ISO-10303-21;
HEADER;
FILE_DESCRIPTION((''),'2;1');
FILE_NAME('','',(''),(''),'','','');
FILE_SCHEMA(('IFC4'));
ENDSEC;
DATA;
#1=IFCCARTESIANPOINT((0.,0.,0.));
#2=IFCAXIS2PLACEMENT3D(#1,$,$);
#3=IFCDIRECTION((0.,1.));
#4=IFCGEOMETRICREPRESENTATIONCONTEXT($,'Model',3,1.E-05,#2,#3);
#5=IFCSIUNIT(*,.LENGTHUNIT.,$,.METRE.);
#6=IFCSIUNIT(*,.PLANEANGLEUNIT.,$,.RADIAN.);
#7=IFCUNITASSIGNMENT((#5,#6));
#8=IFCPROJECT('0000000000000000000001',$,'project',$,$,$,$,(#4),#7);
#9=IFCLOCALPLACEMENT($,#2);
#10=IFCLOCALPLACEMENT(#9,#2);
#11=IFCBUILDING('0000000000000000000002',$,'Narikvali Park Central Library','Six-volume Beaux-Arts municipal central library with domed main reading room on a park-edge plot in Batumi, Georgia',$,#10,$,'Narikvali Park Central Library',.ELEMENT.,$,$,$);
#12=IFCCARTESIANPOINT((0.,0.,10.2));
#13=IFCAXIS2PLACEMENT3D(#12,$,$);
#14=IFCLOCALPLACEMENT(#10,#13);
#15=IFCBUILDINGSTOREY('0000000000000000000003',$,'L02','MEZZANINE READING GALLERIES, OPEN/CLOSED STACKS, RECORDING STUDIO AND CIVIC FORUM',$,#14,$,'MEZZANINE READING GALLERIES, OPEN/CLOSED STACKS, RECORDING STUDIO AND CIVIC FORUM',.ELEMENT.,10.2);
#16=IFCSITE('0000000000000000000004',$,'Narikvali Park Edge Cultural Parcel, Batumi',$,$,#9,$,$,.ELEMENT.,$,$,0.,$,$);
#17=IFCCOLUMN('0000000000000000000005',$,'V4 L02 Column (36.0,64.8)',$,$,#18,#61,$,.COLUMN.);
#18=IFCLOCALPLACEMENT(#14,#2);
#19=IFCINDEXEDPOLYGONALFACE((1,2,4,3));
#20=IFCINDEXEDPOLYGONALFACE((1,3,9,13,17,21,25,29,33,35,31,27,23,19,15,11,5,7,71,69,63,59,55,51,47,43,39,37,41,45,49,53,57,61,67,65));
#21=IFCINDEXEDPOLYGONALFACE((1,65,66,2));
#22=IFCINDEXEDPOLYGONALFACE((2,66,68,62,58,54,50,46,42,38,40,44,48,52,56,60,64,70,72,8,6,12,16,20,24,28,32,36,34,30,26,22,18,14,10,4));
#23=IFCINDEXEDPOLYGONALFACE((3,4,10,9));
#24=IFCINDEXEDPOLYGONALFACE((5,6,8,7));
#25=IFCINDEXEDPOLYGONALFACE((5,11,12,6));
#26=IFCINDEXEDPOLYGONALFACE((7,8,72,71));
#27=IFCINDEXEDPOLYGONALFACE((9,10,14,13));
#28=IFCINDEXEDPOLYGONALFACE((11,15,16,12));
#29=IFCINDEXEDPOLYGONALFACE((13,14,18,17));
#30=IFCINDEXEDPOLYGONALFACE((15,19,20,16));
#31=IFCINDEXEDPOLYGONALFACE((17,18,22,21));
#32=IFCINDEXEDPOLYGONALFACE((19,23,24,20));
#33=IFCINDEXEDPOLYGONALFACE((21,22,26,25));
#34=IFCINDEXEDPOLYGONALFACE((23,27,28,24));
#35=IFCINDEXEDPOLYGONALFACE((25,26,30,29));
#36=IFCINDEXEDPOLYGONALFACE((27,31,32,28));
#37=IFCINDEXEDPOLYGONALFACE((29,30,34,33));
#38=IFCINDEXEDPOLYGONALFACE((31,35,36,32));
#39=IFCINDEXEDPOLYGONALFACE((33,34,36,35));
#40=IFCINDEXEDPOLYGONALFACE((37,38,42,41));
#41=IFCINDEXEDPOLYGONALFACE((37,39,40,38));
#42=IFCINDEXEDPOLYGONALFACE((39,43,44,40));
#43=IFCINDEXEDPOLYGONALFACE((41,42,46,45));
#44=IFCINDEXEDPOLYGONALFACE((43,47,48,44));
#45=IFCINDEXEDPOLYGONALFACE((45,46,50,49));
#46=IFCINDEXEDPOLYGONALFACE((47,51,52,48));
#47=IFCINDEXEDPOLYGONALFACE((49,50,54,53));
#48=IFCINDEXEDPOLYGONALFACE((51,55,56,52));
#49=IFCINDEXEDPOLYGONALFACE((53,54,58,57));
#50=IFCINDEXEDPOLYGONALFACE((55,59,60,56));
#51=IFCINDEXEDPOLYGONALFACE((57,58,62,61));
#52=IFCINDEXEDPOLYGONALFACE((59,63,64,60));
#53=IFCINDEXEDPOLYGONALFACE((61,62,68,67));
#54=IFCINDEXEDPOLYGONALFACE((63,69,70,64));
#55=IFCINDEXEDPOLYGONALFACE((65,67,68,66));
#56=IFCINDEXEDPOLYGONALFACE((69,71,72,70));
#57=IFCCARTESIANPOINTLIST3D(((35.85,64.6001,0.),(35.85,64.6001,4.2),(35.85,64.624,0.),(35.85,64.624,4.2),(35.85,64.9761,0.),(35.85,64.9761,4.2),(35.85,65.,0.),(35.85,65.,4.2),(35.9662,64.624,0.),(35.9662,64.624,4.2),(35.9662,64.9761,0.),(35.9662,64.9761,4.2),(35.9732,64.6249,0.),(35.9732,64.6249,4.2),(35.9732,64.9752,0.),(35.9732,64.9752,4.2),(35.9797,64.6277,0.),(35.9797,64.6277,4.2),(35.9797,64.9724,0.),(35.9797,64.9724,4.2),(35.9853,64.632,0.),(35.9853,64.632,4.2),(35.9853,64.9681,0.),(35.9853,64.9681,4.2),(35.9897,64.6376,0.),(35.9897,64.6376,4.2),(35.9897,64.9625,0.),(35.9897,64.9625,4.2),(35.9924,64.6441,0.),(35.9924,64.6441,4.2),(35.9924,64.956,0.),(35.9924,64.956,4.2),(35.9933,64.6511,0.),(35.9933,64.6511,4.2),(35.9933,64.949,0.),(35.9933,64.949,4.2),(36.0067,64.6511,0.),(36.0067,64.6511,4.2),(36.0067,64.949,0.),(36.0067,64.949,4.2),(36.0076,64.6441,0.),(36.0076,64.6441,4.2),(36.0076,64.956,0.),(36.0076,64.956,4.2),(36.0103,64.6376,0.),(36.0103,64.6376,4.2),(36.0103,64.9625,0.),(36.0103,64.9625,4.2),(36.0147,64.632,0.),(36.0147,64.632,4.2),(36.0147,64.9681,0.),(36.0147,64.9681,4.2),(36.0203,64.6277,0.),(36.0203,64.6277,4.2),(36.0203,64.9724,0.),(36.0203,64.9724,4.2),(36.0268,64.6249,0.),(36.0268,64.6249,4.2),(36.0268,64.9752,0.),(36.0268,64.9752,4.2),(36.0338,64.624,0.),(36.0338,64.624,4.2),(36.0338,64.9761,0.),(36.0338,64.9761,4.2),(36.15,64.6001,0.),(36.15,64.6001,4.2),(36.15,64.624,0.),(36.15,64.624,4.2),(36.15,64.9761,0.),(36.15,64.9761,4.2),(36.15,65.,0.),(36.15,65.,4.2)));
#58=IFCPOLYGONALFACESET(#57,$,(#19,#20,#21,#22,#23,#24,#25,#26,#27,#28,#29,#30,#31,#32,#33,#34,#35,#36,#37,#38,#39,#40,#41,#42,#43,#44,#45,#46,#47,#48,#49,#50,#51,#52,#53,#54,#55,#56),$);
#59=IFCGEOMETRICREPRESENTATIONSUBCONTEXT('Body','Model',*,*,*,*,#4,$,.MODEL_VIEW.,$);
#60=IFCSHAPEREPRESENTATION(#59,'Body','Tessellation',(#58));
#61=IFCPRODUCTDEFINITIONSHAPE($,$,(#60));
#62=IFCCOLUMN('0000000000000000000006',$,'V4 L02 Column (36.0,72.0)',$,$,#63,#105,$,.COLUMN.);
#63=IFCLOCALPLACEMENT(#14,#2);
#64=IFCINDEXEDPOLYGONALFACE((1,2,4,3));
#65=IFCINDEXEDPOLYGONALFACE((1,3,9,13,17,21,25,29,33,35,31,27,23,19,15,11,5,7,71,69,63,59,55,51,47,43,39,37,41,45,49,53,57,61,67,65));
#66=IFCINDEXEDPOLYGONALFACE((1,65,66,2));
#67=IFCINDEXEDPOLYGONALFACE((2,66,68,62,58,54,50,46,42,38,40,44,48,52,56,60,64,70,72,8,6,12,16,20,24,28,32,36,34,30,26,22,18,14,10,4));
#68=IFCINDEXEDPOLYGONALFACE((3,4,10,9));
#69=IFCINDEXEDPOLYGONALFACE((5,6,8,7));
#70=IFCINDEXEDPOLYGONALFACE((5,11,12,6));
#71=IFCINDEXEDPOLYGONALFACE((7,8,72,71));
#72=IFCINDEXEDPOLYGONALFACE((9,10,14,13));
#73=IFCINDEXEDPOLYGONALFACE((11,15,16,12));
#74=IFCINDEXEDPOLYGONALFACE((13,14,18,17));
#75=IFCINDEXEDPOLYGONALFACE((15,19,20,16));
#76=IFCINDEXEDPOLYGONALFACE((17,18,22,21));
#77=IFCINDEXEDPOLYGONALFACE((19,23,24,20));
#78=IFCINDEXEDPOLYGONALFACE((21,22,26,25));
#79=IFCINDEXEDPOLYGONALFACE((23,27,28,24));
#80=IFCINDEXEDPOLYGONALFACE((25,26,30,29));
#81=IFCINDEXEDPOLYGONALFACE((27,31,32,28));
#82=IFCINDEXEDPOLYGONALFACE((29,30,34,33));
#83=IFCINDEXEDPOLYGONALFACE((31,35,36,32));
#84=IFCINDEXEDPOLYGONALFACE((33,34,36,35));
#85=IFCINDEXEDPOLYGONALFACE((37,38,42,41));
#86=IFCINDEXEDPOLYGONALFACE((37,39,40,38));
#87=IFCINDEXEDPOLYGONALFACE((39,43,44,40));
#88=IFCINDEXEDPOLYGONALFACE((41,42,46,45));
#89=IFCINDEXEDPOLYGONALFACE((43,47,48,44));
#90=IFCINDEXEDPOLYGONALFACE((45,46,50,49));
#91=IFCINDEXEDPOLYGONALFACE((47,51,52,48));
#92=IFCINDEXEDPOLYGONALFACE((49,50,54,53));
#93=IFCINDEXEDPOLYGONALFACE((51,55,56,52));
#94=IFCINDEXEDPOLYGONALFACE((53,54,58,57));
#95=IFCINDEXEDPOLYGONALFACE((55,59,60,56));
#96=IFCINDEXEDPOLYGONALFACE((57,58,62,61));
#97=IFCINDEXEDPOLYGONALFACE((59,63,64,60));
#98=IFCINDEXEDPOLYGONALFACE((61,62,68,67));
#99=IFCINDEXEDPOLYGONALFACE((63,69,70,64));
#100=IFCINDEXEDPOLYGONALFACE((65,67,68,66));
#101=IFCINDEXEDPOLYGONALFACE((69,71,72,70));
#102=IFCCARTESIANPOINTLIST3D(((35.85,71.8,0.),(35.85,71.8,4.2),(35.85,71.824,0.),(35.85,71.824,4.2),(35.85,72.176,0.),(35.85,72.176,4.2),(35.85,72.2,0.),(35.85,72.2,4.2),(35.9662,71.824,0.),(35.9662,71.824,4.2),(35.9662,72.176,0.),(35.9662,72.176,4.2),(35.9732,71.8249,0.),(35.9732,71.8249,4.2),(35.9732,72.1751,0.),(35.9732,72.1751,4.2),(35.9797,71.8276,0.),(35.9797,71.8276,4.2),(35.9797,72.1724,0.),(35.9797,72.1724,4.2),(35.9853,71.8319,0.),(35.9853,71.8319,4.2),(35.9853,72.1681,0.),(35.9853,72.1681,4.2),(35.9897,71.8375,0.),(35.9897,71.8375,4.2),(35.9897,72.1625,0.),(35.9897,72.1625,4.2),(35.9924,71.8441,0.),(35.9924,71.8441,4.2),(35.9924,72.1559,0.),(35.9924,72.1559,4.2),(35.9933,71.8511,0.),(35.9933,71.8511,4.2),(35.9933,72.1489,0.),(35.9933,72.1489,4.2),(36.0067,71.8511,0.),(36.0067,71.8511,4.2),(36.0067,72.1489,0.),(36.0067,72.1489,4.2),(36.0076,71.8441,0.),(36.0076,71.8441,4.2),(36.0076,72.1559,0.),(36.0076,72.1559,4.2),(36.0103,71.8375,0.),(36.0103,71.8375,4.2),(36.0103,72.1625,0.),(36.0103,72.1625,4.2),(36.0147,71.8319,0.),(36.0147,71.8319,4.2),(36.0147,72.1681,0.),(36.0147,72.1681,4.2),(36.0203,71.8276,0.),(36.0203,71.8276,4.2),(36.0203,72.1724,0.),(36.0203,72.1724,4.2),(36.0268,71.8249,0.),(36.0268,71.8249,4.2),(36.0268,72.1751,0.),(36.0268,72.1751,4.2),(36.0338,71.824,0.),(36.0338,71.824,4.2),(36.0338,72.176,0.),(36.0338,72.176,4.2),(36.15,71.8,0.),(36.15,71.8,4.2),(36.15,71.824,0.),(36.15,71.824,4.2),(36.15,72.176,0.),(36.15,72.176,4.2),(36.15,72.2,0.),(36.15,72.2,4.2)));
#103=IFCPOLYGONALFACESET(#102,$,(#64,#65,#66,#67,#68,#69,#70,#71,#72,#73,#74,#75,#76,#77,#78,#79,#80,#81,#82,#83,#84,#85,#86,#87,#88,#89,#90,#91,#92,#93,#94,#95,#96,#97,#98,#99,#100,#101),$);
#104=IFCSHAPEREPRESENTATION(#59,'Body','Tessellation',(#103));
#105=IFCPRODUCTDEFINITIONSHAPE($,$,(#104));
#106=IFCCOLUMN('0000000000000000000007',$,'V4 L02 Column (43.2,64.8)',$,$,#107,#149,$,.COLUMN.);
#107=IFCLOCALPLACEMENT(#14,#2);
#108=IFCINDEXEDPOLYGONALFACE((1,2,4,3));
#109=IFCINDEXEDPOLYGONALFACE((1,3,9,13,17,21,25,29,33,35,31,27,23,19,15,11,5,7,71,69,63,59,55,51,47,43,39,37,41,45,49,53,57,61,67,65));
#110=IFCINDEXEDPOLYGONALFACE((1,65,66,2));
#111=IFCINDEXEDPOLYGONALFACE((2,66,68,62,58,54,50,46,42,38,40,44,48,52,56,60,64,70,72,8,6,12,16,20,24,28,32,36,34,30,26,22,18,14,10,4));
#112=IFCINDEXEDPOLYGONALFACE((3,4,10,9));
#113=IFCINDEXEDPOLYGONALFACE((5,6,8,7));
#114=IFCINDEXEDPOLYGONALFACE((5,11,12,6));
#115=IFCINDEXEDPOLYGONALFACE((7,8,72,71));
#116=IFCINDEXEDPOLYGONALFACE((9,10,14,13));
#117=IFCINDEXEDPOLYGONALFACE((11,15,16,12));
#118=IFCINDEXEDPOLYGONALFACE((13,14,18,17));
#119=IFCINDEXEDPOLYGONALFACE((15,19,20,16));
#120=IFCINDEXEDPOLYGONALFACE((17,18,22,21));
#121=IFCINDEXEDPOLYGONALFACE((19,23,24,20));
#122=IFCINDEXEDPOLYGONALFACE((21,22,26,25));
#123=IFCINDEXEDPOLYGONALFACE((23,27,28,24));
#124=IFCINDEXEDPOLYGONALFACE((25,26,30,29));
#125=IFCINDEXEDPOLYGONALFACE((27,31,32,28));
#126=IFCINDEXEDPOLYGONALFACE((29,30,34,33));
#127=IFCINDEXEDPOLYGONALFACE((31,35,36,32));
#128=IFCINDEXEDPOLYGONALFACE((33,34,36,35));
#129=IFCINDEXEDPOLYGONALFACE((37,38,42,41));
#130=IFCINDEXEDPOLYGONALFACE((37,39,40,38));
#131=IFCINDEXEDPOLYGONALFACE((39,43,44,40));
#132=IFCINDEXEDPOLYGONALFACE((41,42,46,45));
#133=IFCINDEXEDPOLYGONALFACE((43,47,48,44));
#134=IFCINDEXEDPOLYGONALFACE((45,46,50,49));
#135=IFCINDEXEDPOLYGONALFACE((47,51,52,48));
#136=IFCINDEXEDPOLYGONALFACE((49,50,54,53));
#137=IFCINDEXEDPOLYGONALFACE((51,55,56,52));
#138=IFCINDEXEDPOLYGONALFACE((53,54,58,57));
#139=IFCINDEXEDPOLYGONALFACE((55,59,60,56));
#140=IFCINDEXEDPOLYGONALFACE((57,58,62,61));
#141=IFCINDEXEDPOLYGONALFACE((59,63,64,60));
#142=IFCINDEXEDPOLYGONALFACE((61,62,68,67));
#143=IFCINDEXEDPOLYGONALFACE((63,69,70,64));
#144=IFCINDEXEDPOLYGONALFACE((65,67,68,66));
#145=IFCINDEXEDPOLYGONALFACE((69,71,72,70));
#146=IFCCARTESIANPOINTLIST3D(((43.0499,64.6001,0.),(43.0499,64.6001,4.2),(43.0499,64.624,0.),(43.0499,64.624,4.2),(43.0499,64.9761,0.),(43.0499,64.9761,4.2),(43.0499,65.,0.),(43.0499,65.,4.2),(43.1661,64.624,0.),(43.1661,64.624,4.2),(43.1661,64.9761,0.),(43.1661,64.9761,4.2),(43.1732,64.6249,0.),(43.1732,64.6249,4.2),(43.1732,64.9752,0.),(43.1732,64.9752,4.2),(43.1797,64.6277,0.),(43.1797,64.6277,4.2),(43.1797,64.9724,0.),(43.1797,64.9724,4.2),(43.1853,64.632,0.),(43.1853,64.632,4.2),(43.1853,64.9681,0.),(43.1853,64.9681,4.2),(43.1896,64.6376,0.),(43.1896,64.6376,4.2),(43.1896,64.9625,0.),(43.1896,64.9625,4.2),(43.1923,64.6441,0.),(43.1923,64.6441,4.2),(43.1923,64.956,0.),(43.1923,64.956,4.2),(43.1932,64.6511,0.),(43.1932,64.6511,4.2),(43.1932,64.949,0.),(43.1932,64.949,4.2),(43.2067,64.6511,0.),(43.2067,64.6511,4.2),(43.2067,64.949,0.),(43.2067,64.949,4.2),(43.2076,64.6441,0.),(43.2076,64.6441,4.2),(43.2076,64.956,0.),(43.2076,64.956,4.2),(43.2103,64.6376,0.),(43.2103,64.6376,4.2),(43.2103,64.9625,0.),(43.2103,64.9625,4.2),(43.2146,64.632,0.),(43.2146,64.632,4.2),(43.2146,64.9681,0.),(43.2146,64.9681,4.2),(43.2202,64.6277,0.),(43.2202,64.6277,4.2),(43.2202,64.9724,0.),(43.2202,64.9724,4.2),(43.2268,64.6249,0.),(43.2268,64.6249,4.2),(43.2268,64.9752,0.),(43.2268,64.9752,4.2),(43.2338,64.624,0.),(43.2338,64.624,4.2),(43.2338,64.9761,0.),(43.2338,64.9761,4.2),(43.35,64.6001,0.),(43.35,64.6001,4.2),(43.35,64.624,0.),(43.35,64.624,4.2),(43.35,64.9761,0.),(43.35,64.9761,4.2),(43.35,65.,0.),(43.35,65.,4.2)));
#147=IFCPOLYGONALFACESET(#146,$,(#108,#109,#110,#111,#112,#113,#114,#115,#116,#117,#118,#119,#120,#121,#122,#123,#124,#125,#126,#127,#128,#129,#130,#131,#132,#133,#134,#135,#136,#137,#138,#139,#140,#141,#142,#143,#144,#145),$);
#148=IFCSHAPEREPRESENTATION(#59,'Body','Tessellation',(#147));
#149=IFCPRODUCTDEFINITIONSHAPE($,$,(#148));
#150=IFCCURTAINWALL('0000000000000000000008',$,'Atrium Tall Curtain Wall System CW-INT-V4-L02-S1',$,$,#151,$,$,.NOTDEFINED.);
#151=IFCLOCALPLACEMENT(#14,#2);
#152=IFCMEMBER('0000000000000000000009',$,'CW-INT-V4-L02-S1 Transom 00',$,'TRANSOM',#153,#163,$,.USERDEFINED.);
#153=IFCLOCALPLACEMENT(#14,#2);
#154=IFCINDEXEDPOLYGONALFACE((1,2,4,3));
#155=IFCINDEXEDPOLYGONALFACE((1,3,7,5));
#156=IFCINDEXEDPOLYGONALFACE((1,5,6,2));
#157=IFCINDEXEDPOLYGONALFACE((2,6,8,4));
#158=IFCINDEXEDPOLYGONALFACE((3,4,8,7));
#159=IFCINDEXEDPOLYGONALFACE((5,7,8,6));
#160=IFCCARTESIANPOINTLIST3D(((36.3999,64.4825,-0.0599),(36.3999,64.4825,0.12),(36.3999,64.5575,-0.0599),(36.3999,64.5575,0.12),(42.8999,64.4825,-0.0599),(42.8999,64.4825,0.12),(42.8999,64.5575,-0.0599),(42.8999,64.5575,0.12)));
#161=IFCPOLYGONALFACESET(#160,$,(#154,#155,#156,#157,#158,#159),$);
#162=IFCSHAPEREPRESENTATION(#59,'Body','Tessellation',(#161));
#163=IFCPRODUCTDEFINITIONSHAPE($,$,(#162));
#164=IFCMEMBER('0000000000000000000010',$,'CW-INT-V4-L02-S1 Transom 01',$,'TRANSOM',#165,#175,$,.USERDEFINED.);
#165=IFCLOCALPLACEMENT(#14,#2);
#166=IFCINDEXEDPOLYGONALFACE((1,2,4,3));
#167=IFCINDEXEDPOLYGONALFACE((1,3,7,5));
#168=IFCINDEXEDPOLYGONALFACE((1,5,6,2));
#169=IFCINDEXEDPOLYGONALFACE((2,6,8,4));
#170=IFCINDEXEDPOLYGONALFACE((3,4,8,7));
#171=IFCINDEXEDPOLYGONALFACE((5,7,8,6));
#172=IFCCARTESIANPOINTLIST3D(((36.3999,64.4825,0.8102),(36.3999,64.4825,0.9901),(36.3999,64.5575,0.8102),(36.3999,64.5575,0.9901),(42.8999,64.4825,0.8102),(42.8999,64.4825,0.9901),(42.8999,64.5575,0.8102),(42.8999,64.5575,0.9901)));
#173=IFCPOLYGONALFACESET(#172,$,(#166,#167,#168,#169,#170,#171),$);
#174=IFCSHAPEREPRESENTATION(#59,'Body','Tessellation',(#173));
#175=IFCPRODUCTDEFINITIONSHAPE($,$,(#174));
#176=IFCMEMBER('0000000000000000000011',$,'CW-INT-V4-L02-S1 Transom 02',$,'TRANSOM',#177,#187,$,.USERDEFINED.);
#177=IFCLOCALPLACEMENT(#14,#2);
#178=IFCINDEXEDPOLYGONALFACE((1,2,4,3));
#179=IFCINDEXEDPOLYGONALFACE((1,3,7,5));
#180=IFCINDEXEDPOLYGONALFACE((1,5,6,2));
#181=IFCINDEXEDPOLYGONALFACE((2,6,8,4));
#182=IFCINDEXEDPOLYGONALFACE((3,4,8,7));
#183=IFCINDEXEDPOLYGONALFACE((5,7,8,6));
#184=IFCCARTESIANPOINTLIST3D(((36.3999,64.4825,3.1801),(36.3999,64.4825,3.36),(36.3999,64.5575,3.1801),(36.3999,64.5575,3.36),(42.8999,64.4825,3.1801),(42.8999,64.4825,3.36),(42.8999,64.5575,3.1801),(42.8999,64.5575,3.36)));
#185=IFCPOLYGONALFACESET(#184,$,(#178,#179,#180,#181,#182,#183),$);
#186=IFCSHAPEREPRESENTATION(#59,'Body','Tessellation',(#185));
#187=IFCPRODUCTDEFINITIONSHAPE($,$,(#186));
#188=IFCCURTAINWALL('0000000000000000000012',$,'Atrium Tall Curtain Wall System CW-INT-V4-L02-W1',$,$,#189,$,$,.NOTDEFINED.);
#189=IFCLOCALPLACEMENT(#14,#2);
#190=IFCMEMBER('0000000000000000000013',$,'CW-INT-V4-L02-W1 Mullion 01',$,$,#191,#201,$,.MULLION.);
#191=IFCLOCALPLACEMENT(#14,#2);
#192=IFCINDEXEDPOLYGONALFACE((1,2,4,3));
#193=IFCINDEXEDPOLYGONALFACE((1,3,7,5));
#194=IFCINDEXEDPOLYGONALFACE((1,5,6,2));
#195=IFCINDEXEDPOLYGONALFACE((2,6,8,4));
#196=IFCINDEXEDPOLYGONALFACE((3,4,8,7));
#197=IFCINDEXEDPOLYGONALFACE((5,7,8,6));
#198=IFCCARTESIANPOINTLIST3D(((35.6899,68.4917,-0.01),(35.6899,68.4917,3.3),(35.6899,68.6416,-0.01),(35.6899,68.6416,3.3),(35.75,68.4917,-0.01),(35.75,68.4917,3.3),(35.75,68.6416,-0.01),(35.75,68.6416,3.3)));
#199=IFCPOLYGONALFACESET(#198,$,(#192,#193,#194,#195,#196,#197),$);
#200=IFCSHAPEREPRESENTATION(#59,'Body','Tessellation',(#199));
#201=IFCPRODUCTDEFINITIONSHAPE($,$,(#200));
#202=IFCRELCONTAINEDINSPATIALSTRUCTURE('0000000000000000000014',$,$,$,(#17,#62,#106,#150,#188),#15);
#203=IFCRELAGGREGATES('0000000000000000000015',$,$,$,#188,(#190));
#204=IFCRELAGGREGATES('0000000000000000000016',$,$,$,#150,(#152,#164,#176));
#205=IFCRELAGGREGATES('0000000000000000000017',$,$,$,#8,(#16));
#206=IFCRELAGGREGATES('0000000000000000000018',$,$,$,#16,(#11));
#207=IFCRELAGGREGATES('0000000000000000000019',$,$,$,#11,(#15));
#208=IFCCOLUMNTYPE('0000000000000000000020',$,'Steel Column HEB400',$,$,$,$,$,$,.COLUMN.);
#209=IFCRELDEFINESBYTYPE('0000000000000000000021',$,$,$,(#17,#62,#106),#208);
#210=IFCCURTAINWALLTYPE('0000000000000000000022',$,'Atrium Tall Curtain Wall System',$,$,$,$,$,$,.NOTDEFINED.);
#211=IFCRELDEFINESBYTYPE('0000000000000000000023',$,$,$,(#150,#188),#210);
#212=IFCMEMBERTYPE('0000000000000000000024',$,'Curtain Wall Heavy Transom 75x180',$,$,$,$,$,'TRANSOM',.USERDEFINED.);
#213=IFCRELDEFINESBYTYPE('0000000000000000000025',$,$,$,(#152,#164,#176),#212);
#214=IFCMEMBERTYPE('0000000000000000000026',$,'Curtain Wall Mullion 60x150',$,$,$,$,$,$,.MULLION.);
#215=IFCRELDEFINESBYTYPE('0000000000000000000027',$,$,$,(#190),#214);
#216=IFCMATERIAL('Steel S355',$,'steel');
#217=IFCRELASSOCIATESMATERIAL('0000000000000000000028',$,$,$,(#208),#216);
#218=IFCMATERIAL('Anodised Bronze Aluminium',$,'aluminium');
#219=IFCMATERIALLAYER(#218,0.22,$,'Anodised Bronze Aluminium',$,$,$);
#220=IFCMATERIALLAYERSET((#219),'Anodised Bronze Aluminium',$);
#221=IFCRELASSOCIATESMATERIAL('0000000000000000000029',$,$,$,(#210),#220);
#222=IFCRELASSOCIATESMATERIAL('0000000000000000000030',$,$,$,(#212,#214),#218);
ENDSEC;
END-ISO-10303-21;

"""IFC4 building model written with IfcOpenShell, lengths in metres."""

from ifc_helpers import new_model, si_unit, direction, frame, origin, origin_2d, place, context, subcontext, project, spatial, rectangle, i_section, extrude, material, layer, layer_set, material_profile, profile_set, type_object, element, aggregate, save


model = new_model("IFC4")

# Units and contexts
model_context = context("Model", 3, precision=1e-05, world=origin(), true_north=direction((0.0, 1.0)))
body_context = subcontext(model_context, "Body", "Model", "MODEL_VIEW")
ifc_project = project(units=[si_unit("LENGTHUNIT", "METRE"), si_unit("PLANEANGLEUNIT", "RADIAN")], contexts=[model_context])

# Site, building, storey
site_placement = place(None, origin())
site = spatial("IfcSite", under=ifc_project, at=site_placement, Name="Narikvali Park Edge Cultural Parcel, Batumi", CompositionType="ELEMENT", RefElevation=0.0)
building_placement = place(site_placement, origin())
building = spatial("IfcBuilding", under=site, at=building_placement, Name="Narikvali Park Central Library", Description="Six-volume Beaux-Arts municipal central library with domed main reading room on a park-edge plot in Batumi, Georgia", LongName="Narikvali Park Central Library", CompositionType="ELEMENT")
storey_placement = place(building_placement, frame((0.0, 0.0, 10.2)))
storey = spatial("IfcBuildingStorey", under=building, at=storey_placement, Name="L02", Description="MEZZANINE READING GALLERIES, OPEN/CLOSED STACKS, RECORDING STUDIO AND CIVIC FORUM", LongName="MEZZANINE READING GALLERIES, OPEN/CLOSED STACKS, RECORDING STUDIO AND CIVIC FORUM", CompositionType="ELEMENT", Elevation=10.2)

# Columns
ifc_material_1 = material(Name="Steel S355", Category="steel")
ifc_material_profile_1 = material_profile(ifc_material_1, i_section(OverallWidth=0.3, OverallDepth=0.3999, WebThickness=0.0134, FlangeThickness=0.0239, FilletRadius=0.0271, at=origin_2d()), Name="HEB 400")
ifc_profile_set_1 = profile_set([ifc_material_profile_1], Name="Steel S355")
column_type = type_object("IfcColumnType", Name="Steel Column HEB400", PredefinedType="COLUMN", material=ifc_profile_set_1)
for number, where, z_axis, x_axis, name in (
    (1, (36.0, 64.8, 0.0), (0.0, 0.0, 1.0), (1.0, 0.0, 0.0), "V4 L02 Column (36.0,64.8)"),
    (2, (36.0, 72.0, 0.0), (0.0, 0.0, 1.0), (1.0, 0.0, 0.0), "V4 L02 Column (36.0,72.0)"),
    (3, (43.2, 64.8, 0.0), (0.0, 0.0, 1.0), (1.0, 0.0, 0.0), "V4 L02 Column (43.2,64.8)"),
):
    element("IfcColumn", number, at=place(storey_placement, frame(where, z_axis=z_axis, x_axis=x_axis)), inside=storey, type_object=column_type, Name=name, PredefinedType="COLUMN", context=body_context, shape_type="SweptSolid", body=[
        extrude(i_section(OverallWidth=0.3, OverallDepth=0.3999, WebThickness=0.0134, FlangeThickness=0.0239, FilletRadius=0.0271, at=origin_2d()), origin(), (0.0, 0.0, 1.0), 4.2),
    ])

# Curtain walls, members
ifc_material_2 = material(Name="Anodised Bronze Aluminium", Category="aluminium")
ifc_layer_1 = layer(ifc_material_2, 0.22, Name="Anodised Bronze Aluminium")
ifc_layer_set_1 = layer_set([ifc_layer_1], Name="Anodised Bronze Aluminium")
curtain_wall_type = type_object("IfcCurtainWallType", Name="Atrium Tall Curtain Wall System", PredefinedType="NOTDEFINED", material=ifc_layer_set_1)
curtain_wall_1_placement = place(storey_placement, origin())
curtain_wall_1 = element("IfcCurtainWall", 4, at=curtain_wall_1_placement, inside=storey, type_object=curtain_wall_type, Name="Atrium Tall Curtain Wall System CW-INT-V4-L02-S1", PredefinedType="NOTDEFINED")
ifc_material_profile_2 = material_profile(ifc_material_2, rectangle(XDim=0.075, YDim=0.1799, at=origin_2d()), Name="CW TRANSOM 75x180")
ifc_profile_set_2 = profile_set([ifc_material_profile_2], Name="Anodised Bronze Aluminium")
member_type_1 = type_object("IfcMemberType", Name="Curtain Wall Heavy Transom 75x180", ElementType="TRANSOM", PredefinedType="USERDEFINED", material=ifc_profile_set_2)
member_1_placement = place(storey_placement, frame((36.3999, 64.52, 0.03), z_axis=(1.0, 0.0, 0.0), x_axis=(0.0, 1.0, 0.0)))
member_1 = element("IfcMember", 5, at=member_1_placement, type_object=member_type_1, Name="CW-INT-V4-L02-S1 Transom 00", ObjectType="TRANSOM", PredefinedType="USERDEFINED", context=body_context, shape_type="SweptSolid", body=[
    extrude(rectangle(XDim=0.075, YDim=0.1799, at=origin_2d()), origin(), (0.0, 0.0, 1.0), 6.5),
])
member_2_placement = place(storey_placement, frame((36.3999, 64.52, 0.9001), z_axis=(1.0, 0.0, 0.0), x_axis=(0.0, 1.0, 0.0)))
member_2 = element("IfcMember", 6, at=member_2_placement, type_object=member_type_1, Name="CW-INT-V4-L02-S1 Transom 01", ObjectType="TRANSOM", PredefinedType="USERDEFINED", context=body_context, shape_type="SweptSolid", body=[
    extrude(rectangle(XDim=0.075, YDim=0.1799, at=origin_2d()), origin(), (0.0, 0.0, 1.0), 6.5),
])
member_3_placement = place(storey_placement, frame((36.3999, 64.52, 3.27), z_axis=(1.0, 0.0, 0.0), x_axis=(0.0, 1.0, 0.0)))
member_3 = element("IfcMember", 7, at=member_3_placement, type_object=member_type_1, Name="CW-INT-V4-L02-S1 Transom 02", ObjectType="TRANSOM", PredefinedType="USERDEFINED", context=body_context, shape_type="SweptSolid", body=[
    extrude(rectangle(XDim=0.075, YDim=0.1799, at=origin_2d()), origin(), (0.0, 0.0, 1.0), 6.5),
])
curtain_wall_2_placement = place(storey_placement, origin())
curtain_wall_2 = element("IfcCurtainWall", 8, at=curtain_wall_2_placement, inside=storey, type_object=curtain_wall_type, Name="Atrium Tall Curtain Wall System CW-INT-V4-L02-W1", PredefinedType="NOTDEFINED")
ifc_material_profile_3 = material_profile(ifc_material_2, rectangle(XDim=0.0601, YDim=0.1499, at=origin_2d()), Name="CW MULLION 60x150")
ifc_profile_set_3 = profile_set([ifc_material_profile_3], Name="Anodised Bronze Aluminium")
member_type_2 = type_object("IfcMemberType", Name="Curtain Wall Mullion 60x150", PredefinedType="MULLION", material=ifc_profile_set_3)
member_4_placement = place(storey_placement, frame((35.72, 68.5667, -0.01), z_axis=(0.0, 0.0, 1.0), x_axis=(1.0, 0.0, 0.0)))
member_4 = element("IfcMember", 9, at=member_4_placement, type_object=member_type_2, Name="CW-INT-V4-L02-W1 Mullion 01", PredefinedType="MULLION", context=body_context, shape_type="SweptSolid", body=[
    extrude(rectangle(XDim=0.0601, YDim=0.1499, at=origin_2d()), origin(), (0.0, 0.0, 1.0), 3.3101),
])

aggregate(curtain_wall_2, [member_4])
aggregate(curtain_wall_1, [member_1, member_2, member_3])

save(model, "model.ifc")
